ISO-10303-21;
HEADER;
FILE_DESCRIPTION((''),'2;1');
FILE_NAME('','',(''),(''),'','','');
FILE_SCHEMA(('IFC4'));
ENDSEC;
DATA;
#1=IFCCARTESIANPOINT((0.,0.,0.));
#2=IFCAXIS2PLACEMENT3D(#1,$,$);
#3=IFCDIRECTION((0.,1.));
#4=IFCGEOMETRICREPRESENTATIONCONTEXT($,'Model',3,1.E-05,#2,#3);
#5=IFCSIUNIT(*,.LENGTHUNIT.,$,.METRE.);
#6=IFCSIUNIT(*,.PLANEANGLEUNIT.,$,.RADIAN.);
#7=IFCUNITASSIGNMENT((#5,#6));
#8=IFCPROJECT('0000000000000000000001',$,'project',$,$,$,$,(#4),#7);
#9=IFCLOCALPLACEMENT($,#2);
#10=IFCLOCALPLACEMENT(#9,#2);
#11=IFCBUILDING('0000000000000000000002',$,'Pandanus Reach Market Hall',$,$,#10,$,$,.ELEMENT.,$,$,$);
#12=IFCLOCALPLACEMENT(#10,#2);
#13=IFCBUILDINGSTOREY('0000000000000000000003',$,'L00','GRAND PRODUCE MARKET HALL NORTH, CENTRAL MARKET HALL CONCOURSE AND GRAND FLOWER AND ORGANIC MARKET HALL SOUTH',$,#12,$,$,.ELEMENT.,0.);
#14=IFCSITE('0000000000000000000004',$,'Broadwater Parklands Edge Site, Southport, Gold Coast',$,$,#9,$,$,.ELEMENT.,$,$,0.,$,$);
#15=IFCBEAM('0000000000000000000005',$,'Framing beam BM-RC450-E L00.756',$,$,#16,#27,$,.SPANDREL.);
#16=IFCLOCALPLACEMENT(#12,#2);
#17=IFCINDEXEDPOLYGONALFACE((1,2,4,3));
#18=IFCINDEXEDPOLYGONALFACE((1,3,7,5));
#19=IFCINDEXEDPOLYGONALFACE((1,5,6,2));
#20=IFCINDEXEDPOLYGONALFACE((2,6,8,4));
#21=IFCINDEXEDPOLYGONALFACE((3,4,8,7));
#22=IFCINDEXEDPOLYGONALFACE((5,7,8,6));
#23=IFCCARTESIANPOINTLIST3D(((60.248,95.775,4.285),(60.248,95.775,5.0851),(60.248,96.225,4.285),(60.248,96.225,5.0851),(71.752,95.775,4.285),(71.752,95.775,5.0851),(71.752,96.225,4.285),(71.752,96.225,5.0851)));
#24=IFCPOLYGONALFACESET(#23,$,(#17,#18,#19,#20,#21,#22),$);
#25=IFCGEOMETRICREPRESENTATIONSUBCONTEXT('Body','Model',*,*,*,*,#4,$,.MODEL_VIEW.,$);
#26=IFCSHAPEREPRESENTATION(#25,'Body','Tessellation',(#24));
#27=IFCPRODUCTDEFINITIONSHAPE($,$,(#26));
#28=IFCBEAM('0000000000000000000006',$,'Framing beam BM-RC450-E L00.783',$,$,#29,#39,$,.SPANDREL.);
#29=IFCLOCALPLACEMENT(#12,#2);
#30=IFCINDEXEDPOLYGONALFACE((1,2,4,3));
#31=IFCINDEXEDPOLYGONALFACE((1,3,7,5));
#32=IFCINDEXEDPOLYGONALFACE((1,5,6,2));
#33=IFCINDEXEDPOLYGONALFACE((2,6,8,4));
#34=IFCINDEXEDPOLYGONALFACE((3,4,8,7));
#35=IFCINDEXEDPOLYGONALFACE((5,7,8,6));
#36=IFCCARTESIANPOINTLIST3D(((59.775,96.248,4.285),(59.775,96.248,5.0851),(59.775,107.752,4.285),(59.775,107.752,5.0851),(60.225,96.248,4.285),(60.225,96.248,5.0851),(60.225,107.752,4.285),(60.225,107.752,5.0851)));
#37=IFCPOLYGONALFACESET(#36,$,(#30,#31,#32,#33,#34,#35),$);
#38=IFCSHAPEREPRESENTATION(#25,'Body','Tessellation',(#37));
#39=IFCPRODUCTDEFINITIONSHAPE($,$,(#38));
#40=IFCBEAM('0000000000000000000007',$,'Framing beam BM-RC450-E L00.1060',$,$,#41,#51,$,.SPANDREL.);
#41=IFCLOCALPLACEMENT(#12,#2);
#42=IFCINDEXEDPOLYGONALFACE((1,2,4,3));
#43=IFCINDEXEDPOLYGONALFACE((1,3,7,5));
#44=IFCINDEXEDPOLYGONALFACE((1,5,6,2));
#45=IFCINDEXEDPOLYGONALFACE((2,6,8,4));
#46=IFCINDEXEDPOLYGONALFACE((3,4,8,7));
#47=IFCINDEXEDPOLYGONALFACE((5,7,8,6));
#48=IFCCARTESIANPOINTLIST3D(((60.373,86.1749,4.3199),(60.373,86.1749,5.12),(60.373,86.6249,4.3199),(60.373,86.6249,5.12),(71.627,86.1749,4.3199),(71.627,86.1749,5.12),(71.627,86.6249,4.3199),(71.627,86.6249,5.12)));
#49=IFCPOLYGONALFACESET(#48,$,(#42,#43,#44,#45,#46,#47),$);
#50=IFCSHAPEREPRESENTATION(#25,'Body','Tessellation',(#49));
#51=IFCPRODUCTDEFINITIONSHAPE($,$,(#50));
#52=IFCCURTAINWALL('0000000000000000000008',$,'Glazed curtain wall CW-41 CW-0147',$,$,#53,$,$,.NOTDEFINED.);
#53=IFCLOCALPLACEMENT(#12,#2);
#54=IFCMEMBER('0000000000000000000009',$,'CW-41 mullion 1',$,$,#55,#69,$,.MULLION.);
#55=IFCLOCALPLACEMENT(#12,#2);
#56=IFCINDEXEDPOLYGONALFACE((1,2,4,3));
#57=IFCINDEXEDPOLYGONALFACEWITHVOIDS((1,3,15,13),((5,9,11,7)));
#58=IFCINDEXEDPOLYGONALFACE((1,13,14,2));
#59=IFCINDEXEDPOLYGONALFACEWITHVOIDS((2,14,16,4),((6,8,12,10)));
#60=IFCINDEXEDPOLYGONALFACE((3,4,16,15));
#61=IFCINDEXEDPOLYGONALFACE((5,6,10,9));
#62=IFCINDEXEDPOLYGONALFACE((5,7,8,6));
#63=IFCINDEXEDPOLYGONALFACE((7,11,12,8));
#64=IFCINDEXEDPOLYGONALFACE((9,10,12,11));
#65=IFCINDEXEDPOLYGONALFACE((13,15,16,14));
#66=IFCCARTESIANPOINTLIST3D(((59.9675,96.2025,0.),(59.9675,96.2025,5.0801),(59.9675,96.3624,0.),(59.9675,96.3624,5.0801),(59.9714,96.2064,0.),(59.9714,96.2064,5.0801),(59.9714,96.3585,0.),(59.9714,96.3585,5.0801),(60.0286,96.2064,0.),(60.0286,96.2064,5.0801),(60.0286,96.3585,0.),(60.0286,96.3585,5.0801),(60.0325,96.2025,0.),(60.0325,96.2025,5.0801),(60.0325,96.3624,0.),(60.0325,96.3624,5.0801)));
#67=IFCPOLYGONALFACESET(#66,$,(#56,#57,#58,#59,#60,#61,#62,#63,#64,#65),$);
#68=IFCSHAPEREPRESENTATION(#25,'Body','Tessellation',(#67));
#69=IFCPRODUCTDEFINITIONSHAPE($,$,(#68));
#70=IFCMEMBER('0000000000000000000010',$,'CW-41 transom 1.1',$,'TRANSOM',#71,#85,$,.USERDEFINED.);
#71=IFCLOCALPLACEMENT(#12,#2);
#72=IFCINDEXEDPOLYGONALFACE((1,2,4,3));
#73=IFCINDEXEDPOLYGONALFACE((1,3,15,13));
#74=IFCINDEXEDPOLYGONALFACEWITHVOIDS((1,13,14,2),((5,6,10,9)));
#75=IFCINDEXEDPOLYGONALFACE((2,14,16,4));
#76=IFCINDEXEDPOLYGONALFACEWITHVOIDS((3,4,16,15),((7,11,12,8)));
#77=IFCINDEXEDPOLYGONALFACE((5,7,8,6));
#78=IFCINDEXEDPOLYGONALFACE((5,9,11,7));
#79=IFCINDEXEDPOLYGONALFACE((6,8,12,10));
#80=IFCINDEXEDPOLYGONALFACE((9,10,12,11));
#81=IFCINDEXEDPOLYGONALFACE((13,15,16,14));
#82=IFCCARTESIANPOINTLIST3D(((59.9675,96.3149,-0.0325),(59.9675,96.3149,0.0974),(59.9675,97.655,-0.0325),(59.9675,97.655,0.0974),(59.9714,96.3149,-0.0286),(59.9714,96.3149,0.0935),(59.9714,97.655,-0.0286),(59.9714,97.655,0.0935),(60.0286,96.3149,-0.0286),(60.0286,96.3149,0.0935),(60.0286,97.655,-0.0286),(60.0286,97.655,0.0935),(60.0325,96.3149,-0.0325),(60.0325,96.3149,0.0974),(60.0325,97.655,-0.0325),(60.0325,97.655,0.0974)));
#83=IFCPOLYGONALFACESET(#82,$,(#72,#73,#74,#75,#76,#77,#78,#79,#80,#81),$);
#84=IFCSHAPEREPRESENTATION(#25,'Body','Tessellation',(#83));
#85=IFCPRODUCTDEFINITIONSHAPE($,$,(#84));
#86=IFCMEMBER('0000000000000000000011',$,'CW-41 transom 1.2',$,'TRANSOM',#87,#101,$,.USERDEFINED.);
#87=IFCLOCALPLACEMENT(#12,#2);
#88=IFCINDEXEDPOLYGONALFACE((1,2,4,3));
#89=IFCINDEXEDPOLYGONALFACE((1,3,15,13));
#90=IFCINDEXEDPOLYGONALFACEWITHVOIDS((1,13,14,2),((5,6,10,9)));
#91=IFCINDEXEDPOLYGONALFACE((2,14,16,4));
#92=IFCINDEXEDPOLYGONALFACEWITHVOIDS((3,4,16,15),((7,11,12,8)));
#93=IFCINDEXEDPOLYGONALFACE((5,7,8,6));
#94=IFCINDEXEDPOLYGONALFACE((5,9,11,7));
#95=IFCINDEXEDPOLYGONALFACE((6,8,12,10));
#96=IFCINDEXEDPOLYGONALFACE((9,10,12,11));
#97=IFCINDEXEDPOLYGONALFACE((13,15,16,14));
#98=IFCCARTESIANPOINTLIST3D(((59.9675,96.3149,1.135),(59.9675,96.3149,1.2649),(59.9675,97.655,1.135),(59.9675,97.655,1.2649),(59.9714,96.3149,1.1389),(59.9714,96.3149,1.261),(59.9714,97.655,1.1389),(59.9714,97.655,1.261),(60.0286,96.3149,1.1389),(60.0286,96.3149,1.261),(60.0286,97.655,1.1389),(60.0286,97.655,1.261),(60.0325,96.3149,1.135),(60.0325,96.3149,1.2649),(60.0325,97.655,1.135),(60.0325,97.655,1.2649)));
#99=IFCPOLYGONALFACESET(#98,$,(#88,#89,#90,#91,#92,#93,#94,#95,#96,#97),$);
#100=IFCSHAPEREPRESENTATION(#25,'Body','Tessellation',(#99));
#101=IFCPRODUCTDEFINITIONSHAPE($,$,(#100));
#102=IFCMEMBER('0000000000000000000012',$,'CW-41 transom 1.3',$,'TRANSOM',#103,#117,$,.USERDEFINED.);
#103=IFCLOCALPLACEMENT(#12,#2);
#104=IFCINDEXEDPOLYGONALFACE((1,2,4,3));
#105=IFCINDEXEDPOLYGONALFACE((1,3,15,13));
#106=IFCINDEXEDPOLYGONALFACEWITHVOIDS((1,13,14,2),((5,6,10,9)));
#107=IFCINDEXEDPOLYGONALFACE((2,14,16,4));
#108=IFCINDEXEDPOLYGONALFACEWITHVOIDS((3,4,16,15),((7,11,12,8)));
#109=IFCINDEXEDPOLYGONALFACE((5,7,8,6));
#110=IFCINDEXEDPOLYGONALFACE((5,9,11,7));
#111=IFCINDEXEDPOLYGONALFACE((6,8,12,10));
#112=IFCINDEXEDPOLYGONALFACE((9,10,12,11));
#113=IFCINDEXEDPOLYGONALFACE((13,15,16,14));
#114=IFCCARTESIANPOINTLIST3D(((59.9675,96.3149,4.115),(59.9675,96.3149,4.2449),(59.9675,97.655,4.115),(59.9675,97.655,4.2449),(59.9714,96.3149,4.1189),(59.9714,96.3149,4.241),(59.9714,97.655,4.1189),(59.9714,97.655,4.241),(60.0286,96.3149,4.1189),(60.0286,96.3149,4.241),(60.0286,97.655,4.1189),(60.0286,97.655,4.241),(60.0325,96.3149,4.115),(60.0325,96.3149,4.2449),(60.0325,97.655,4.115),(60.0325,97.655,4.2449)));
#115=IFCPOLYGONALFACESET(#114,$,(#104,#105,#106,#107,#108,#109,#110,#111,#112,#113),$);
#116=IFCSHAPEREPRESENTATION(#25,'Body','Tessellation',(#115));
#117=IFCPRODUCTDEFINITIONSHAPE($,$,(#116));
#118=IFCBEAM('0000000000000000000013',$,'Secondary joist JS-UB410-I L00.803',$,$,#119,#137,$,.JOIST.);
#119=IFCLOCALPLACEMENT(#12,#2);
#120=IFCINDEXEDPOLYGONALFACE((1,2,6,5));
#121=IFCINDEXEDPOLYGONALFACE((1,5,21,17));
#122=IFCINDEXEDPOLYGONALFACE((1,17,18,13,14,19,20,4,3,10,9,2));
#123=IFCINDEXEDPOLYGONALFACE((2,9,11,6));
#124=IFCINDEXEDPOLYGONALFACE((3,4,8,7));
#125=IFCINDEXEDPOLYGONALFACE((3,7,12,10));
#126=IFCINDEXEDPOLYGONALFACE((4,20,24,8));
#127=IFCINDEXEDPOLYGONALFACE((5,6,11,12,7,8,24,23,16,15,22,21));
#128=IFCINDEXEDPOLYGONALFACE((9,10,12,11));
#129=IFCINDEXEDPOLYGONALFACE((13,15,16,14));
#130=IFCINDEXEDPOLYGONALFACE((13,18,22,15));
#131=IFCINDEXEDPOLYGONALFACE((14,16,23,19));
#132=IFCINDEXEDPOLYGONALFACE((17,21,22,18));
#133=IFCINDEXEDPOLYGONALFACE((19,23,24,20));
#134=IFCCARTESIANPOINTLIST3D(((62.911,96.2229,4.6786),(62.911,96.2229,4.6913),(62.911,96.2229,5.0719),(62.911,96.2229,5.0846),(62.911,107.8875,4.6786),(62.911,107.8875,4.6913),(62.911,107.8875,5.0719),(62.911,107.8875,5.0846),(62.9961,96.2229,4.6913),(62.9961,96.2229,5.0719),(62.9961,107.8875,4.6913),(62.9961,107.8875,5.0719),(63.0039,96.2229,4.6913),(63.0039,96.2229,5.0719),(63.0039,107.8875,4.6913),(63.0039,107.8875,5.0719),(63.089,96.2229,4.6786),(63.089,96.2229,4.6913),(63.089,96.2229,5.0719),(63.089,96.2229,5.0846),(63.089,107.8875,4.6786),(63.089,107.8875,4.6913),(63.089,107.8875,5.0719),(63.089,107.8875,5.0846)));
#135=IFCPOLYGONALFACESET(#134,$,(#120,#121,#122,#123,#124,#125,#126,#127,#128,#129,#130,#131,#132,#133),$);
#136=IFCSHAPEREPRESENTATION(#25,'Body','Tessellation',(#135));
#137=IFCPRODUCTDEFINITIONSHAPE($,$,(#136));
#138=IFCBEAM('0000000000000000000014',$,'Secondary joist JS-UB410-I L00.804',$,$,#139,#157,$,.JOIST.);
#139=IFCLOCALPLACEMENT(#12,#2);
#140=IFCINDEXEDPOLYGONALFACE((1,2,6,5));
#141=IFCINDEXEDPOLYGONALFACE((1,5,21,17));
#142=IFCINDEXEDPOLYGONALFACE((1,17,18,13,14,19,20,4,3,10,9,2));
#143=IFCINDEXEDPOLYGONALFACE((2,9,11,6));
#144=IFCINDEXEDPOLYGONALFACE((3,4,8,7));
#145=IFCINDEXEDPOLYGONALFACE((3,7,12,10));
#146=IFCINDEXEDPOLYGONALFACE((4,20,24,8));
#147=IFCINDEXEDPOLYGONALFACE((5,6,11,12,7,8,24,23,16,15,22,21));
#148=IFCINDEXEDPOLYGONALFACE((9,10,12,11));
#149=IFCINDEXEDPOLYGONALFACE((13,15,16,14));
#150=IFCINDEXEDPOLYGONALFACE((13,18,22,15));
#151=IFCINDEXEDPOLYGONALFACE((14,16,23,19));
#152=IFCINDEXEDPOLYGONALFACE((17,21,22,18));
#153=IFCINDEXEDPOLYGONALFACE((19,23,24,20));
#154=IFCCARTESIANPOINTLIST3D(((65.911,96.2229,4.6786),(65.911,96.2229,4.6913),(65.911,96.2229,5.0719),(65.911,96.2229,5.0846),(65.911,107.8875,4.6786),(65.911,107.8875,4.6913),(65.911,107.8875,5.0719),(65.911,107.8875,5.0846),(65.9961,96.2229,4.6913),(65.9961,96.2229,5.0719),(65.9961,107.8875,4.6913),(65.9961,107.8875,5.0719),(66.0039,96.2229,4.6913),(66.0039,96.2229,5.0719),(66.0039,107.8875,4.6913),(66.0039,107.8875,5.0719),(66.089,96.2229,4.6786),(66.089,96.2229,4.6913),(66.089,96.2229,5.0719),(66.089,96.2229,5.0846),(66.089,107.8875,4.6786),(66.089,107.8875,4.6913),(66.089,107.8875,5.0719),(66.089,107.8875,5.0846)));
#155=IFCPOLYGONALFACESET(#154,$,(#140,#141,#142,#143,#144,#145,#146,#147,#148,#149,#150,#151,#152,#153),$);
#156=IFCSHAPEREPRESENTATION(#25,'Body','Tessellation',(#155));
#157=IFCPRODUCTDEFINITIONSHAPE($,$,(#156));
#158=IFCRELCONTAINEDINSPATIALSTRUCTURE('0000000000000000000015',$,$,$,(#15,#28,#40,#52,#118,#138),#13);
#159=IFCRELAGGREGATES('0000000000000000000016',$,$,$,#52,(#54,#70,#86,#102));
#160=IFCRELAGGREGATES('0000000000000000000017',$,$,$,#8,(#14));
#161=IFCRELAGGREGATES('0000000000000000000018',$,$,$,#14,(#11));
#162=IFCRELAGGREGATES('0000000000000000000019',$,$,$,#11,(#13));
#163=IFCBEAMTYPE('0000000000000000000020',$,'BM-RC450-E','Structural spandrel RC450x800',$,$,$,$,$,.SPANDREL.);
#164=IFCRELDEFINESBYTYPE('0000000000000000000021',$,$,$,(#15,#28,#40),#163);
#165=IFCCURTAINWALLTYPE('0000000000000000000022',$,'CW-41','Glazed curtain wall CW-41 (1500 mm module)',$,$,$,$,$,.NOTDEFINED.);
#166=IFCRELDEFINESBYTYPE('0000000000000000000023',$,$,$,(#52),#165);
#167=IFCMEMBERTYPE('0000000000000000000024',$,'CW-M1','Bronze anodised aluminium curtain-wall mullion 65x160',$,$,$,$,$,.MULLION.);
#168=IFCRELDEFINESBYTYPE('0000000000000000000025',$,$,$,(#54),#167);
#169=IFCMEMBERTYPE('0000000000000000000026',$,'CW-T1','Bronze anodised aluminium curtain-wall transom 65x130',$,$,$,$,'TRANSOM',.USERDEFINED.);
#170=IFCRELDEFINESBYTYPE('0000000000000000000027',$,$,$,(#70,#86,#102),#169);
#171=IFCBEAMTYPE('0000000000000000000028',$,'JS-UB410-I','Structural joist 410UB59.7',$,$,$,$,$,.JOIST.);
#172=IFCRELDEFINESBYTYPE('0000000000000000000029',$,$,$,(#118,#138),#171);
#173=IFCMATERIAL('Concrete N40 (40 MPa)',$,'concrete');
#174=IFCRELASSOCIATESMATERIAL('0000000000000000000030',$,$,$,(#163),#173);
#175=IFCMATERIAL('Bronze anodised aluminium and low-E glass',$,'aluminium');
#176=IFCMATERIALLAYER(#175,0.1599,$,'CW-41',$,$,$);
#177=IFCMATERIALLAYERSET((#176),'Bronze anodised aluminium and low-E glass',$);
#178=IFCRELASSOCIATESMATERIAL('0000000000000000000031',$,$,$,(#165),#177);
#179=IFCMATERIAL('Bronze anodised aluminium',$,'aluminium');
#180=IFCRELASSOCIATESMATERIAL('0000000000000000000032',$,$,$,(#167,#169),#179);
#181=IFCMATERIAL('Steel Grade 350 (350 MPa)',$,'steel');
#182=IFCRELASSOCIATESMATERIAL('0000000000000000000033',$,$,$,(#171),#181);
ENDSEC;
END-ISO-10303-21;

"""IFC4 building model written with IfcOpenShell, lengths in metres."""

from ifc_helpers import new_model, si_unit, direction, frame, origin, origin_2d, place, context, subcontext, project, spatial, rectangle, hollow_rectangle, i_section, extrude, material, layer, layer_set, material_profile, profile_set, type_object, element, aggregate, save


model = new_model("IFC4")

# Units and contexts
model_context = context("Model", 3, precision=1e-05, world=origin(), true_north=direction((0.0, 1.0)))
body_context = subcontext(model_context, "Body", "Model", "MODEL_VIEW")
ifc_project = project(units=[si_unit("LENGTHUNIT", "METRE"), si_unit("PLANEANGLEUNIT", "RADIAN")], contexts=[model_context])

# Site, building, storey
site_placement = place(None, origin())
site = spatial("IfcSite", under=ifc_project, at=site_placement, Name="Broadwater Parklands Edge Site, Southport, Gold Coast", CompositionType="ELEMENT", RefElevation=0.0)
building_placement = place(site_placement, origin())
building = spatial("IfcBuilding", under=site, at=building_placement, Name="Pandanus Reach Market Hall", CompositionType="ELEMENT")
storey_placement = place(building_placement, origin())
storey = spatial("IfcBuildingStorey", under=building, at=storey_placement, Name="L00", Description="GRAND PRODUCE MARKET HALL NORTH, CENTRAL MARKET HALL CONCOURSE AND GRAND FLOWER AND ORGANIC MARKET HALL SOUTH", CompositionType="ELEMENT", Elevation=0.0)

# Shared definitions
ifc_material_1 = material(Name="Concrete N40 (40 MPa)", Category="concrete")

# Beams
ifc_material_profile_1 = material_profile(ifc_material_1, rectangle(XDim=0.45, YDim=0.8, at=origin_2d()), Name="RC450x800", Category="LoadBearing")
ifc_profile_set_1 = profile_set([ifc_material_profile_1], Name="Concrete N40 (40 MPa)")
beam_type_1 = type_object("IfcBeamType", Name="BM-RC450-E", Description="Structural spandrel RC450x800", PredefinedType="SPANDREL", material=ifc_profile_set_1)
for number, where, z_axis, x_axis, name in (
    (1, (60.248, 96.0, 4.6851), (1.0, 0.0, 0.0), (0.0, 1.0, 0.0), "Framing beam BM-RC450-E L00.756"),
    (2, (60.0, 96.248, 4.6851), (0.0, 1.0, 0.0), (-1.0, 0.0, 0.0), "Framing beam BM-RC450-E L00.783"),
):
    element("IfcBeam", number, at=place(storey_placement, frame(where, z_axis=z_axis, x_axis=x_axis)), inside=storey, type_object=beam_type_1, Name=name, PredefinedType="SPANDREL", context=body_context, shape_type="SweptSolid", body=[
        extrude(rectangle(XDim=0.45, YDim=0.8, at=origin_2d()), origin(), (0.0, 0.0, 1.0), 11.5039),
    ])
beam_placement = place(storey_placement, frame((60.373, 86.3999, 4.72), z_axis=(1.0, 0.0, 0.0), x_axis=(0.0, 1.0, 0.0)))
element("IfcBeam", 3, at=beam_placement, inside=storey, type_object=beam_type_1, Name="Framing beam BM-RC450-E L00.1060", PredefinedType="SPANDREL", context=body_context, shape_type="SweptSolid", body=[
    extrude(rectangle(XDim=0.45, YDim=0.8, at=origin_2d()), origin(), (0.0, 0.0, 1.0), 11.2539),
])

# Curtain wall, members
ifc_material_2 = material(Name="Bronze anodised aluminium and low-E glass", Category="aluminium")
ifc_layer_1 = layer(ifc_material_2, 0.1599, Name="CW-41")
ifc_layer_set_1 = layer_set([ifc_layer_1], Name="Bronze anodised aluminium and low-E glass")
curtain_wall_type = type_object("IfcCurtainWallType", Name="CW-41", Description="Glazed curtain wall CW-41 (1500 mm module)", PredefinedType="NOTDEFINED", material=ifc_layer_set_1)
curtain_wall_placement = place(storey_placement, origin())
curtain_wall = element("IfcCurtainWall", 4, at=curtain_wall_placement, inside=storey, type_object=curtain_wall_type, Name="Glazed curtain wall CW-41 CW-0147", PredefinedType="NOTDEFINED")
ifc_material_3 = material(Name="Bronze anodised aluminium", Category="aluminium")
ifc_material_profile_2 = material_profile(ifc_material_3, hollow_rectangle(XDim=0.0649, YDim=0.1599, WallThickness=0.0039, at=origin_2d()), Name="ALU65x160", Category="LoadBearing")
ifc_profile_set_2 = profile_set([ifc_material_profile_2], Name="Bronze anodised aluminium")
member_type_1 = type_object("IfcMemberType", Name="CW-M1", Description="Bronze anodised aluminium curtain-wall mullion 65x160", PredefinedType="MULLION", material=ifc_profile_set_2)
member_1_placement = place(storey_placement, frame((60.0, 96.2825, 0.0), z_axis=(0.0, 0.0, 1.0), x_axis=(-1.0, 0.0, 0.0)))
member_1 = element("IfcMember", 5, at=member_1_placement, type_object=member_type_1, Name="CW-41 mullion 1", PredefinedType="MULLION", context=body_context, shape_type="SweptSolid", body=[
    extrude(hollow_rectangle(XDim=0.0649, YDim=0.1599, WallThickness=0.0039, at=origin_2d()), origin(), (0.0, 0.0, 1.0), 5.0801),
])
ifc_material_profile_3 = material_profile(ifc_material_3, hollow_rectangle(XDim=0.0649, YDim=0.1299, WallThickness=0.0039, at=origin_2d()), Name="ALU65x130", Category="LoadBearing")
ifc_profile_set_3 = profile_set([ifc_material_profile_3], Name="Bronze anodised aluminium")
member_type_2 = type_object("IfcMemberType", Name="CW-T1", Description="Bronze anodised aluminium curtain-wall transom 65x130", ElementType="TRANSOM", PredefinedType="USERDEFINED", material=ifc_profile_set_3)
member_2_placement = place(storey_placement, frame((60.0, 96.3149, 0.0325), z_axis=(0.0, 1.0, 0.0), x_axis=(-1.0, 0.0, 0.0)))
member_2 = element("IfcMember", 6, at=member_2_placement, type_object=member_type_2, Name="CW-41 transom 1.1", ObjectType="TRANSOM", PredefinedType="USERDEFINED", context=body_context, shape_type="SweptSolid", body=[
    extrude(hollow_rectangle(XDim=0.0649, YDim=0.1299, WallThickness=0.0039, at=origin_2d()), origin(), (0.0, 0.0, 1.0), 1.3401),
])
member_3_placement = place(storey_placement, frame((60.0, 96.3149, 1.2), z_axis=(0.0, 1.0, 0.0), x_axis=(-1.0, 0.0, 0.0)))
member_3 = element("IfcMember", 7, at=member_3_placement, type_object=member_type_2, Name="CW-41 transom 1.2", ObjectType="TRANSOM", PredefinedType="USERDEFINED", context=body_context, shape_type="SweptSolid", body=[
    extrude(hollow_rectangle(XDim=0.0649, YDim=0.1299, WallThickness=0.0039, at=origin_2d()), origin(), (0.0, 0.0, 1.0), 1.3401),
])
member_4_placement = place(storey_placement, frame((60.0, 96.3149, 4.1799), z_axis=(0.0, 1.0, 0.0), x_axis=(-1.0, 0.0, 0.0)))
member_4 = element("IfcMember", 8, at=member_4_placement, type_object=member_type_2, Name="CW-41 transom 1.3", ObjectType="TRANSOM", PredefinedType="USERDEFINED", context=body_context, shape_type="SweptSolid", body=[
    extrude(hollow_rectangle(XDim=0.0649, YDim=0.1299, WallThickness=0.0039, at=origin_2d()), origin(), (0.0, 0.0, 1.0), 1.3401),
])
aggregate(curtain_wall, [member_1, member_2, member_3, member_4])

# Beams
ifc_material_4 = material(Name="Steel Grade 350 (350 MPa)", Category="steel")
ifc_material_profile_4 = material_profile(ifc_material_4, i_section(OverallWidth=0.178, OverallDepth=0.406, WebThickness=0.0078, FlangeThickness=0.0127, at=origin_2d()), Name="410UB59.7", Category="LoadBearing")
ifc_profile_set_4 = profile_set([ifc_material_profile_4], Name="Steel Grade 350 (350 MPa)")
beam_type_2 = type_object("IfcBeamType", Name="JS-UB410-I", Description="Structural joist 410UB59.7", PredefinedType="JOIST", material=ifc_profile_set_4)
for number, where, z_axis, x_axis, name in (
    (9, (63.0, 96.2229, 4.8816), (0.0, 1.0, 0.0), (-1.0, 0.0, 0.0), "Secondary joist JS-UB410-I L00.803"),
    (10, (66.0, 96.2229, 4.8816), (0.0, 1.0, 0.0), (-1.0, 0.0, 0.0), "Secondary joist JS-UB410-I L00.804"),
):
    element("IfcBeam", number, at=place(storey_placement, frame(where, z_axis=z_axis, x_axis=x_axis)), inside=storey, type_object=beam_type_2, Name=name, PredefinedType="JOIST", context=body_context, shape_type="SweptSolid", body=[
        extrude(i_section(OverallWidth=0.178, OverallDepth=0.406, WebThickness=0.0078, FlangeThickness=0.0127, at=origin_2d()), origin(), (0.0, 0.0, 1.0), 11.6646),
    ])

save(model, "model.ifc")
